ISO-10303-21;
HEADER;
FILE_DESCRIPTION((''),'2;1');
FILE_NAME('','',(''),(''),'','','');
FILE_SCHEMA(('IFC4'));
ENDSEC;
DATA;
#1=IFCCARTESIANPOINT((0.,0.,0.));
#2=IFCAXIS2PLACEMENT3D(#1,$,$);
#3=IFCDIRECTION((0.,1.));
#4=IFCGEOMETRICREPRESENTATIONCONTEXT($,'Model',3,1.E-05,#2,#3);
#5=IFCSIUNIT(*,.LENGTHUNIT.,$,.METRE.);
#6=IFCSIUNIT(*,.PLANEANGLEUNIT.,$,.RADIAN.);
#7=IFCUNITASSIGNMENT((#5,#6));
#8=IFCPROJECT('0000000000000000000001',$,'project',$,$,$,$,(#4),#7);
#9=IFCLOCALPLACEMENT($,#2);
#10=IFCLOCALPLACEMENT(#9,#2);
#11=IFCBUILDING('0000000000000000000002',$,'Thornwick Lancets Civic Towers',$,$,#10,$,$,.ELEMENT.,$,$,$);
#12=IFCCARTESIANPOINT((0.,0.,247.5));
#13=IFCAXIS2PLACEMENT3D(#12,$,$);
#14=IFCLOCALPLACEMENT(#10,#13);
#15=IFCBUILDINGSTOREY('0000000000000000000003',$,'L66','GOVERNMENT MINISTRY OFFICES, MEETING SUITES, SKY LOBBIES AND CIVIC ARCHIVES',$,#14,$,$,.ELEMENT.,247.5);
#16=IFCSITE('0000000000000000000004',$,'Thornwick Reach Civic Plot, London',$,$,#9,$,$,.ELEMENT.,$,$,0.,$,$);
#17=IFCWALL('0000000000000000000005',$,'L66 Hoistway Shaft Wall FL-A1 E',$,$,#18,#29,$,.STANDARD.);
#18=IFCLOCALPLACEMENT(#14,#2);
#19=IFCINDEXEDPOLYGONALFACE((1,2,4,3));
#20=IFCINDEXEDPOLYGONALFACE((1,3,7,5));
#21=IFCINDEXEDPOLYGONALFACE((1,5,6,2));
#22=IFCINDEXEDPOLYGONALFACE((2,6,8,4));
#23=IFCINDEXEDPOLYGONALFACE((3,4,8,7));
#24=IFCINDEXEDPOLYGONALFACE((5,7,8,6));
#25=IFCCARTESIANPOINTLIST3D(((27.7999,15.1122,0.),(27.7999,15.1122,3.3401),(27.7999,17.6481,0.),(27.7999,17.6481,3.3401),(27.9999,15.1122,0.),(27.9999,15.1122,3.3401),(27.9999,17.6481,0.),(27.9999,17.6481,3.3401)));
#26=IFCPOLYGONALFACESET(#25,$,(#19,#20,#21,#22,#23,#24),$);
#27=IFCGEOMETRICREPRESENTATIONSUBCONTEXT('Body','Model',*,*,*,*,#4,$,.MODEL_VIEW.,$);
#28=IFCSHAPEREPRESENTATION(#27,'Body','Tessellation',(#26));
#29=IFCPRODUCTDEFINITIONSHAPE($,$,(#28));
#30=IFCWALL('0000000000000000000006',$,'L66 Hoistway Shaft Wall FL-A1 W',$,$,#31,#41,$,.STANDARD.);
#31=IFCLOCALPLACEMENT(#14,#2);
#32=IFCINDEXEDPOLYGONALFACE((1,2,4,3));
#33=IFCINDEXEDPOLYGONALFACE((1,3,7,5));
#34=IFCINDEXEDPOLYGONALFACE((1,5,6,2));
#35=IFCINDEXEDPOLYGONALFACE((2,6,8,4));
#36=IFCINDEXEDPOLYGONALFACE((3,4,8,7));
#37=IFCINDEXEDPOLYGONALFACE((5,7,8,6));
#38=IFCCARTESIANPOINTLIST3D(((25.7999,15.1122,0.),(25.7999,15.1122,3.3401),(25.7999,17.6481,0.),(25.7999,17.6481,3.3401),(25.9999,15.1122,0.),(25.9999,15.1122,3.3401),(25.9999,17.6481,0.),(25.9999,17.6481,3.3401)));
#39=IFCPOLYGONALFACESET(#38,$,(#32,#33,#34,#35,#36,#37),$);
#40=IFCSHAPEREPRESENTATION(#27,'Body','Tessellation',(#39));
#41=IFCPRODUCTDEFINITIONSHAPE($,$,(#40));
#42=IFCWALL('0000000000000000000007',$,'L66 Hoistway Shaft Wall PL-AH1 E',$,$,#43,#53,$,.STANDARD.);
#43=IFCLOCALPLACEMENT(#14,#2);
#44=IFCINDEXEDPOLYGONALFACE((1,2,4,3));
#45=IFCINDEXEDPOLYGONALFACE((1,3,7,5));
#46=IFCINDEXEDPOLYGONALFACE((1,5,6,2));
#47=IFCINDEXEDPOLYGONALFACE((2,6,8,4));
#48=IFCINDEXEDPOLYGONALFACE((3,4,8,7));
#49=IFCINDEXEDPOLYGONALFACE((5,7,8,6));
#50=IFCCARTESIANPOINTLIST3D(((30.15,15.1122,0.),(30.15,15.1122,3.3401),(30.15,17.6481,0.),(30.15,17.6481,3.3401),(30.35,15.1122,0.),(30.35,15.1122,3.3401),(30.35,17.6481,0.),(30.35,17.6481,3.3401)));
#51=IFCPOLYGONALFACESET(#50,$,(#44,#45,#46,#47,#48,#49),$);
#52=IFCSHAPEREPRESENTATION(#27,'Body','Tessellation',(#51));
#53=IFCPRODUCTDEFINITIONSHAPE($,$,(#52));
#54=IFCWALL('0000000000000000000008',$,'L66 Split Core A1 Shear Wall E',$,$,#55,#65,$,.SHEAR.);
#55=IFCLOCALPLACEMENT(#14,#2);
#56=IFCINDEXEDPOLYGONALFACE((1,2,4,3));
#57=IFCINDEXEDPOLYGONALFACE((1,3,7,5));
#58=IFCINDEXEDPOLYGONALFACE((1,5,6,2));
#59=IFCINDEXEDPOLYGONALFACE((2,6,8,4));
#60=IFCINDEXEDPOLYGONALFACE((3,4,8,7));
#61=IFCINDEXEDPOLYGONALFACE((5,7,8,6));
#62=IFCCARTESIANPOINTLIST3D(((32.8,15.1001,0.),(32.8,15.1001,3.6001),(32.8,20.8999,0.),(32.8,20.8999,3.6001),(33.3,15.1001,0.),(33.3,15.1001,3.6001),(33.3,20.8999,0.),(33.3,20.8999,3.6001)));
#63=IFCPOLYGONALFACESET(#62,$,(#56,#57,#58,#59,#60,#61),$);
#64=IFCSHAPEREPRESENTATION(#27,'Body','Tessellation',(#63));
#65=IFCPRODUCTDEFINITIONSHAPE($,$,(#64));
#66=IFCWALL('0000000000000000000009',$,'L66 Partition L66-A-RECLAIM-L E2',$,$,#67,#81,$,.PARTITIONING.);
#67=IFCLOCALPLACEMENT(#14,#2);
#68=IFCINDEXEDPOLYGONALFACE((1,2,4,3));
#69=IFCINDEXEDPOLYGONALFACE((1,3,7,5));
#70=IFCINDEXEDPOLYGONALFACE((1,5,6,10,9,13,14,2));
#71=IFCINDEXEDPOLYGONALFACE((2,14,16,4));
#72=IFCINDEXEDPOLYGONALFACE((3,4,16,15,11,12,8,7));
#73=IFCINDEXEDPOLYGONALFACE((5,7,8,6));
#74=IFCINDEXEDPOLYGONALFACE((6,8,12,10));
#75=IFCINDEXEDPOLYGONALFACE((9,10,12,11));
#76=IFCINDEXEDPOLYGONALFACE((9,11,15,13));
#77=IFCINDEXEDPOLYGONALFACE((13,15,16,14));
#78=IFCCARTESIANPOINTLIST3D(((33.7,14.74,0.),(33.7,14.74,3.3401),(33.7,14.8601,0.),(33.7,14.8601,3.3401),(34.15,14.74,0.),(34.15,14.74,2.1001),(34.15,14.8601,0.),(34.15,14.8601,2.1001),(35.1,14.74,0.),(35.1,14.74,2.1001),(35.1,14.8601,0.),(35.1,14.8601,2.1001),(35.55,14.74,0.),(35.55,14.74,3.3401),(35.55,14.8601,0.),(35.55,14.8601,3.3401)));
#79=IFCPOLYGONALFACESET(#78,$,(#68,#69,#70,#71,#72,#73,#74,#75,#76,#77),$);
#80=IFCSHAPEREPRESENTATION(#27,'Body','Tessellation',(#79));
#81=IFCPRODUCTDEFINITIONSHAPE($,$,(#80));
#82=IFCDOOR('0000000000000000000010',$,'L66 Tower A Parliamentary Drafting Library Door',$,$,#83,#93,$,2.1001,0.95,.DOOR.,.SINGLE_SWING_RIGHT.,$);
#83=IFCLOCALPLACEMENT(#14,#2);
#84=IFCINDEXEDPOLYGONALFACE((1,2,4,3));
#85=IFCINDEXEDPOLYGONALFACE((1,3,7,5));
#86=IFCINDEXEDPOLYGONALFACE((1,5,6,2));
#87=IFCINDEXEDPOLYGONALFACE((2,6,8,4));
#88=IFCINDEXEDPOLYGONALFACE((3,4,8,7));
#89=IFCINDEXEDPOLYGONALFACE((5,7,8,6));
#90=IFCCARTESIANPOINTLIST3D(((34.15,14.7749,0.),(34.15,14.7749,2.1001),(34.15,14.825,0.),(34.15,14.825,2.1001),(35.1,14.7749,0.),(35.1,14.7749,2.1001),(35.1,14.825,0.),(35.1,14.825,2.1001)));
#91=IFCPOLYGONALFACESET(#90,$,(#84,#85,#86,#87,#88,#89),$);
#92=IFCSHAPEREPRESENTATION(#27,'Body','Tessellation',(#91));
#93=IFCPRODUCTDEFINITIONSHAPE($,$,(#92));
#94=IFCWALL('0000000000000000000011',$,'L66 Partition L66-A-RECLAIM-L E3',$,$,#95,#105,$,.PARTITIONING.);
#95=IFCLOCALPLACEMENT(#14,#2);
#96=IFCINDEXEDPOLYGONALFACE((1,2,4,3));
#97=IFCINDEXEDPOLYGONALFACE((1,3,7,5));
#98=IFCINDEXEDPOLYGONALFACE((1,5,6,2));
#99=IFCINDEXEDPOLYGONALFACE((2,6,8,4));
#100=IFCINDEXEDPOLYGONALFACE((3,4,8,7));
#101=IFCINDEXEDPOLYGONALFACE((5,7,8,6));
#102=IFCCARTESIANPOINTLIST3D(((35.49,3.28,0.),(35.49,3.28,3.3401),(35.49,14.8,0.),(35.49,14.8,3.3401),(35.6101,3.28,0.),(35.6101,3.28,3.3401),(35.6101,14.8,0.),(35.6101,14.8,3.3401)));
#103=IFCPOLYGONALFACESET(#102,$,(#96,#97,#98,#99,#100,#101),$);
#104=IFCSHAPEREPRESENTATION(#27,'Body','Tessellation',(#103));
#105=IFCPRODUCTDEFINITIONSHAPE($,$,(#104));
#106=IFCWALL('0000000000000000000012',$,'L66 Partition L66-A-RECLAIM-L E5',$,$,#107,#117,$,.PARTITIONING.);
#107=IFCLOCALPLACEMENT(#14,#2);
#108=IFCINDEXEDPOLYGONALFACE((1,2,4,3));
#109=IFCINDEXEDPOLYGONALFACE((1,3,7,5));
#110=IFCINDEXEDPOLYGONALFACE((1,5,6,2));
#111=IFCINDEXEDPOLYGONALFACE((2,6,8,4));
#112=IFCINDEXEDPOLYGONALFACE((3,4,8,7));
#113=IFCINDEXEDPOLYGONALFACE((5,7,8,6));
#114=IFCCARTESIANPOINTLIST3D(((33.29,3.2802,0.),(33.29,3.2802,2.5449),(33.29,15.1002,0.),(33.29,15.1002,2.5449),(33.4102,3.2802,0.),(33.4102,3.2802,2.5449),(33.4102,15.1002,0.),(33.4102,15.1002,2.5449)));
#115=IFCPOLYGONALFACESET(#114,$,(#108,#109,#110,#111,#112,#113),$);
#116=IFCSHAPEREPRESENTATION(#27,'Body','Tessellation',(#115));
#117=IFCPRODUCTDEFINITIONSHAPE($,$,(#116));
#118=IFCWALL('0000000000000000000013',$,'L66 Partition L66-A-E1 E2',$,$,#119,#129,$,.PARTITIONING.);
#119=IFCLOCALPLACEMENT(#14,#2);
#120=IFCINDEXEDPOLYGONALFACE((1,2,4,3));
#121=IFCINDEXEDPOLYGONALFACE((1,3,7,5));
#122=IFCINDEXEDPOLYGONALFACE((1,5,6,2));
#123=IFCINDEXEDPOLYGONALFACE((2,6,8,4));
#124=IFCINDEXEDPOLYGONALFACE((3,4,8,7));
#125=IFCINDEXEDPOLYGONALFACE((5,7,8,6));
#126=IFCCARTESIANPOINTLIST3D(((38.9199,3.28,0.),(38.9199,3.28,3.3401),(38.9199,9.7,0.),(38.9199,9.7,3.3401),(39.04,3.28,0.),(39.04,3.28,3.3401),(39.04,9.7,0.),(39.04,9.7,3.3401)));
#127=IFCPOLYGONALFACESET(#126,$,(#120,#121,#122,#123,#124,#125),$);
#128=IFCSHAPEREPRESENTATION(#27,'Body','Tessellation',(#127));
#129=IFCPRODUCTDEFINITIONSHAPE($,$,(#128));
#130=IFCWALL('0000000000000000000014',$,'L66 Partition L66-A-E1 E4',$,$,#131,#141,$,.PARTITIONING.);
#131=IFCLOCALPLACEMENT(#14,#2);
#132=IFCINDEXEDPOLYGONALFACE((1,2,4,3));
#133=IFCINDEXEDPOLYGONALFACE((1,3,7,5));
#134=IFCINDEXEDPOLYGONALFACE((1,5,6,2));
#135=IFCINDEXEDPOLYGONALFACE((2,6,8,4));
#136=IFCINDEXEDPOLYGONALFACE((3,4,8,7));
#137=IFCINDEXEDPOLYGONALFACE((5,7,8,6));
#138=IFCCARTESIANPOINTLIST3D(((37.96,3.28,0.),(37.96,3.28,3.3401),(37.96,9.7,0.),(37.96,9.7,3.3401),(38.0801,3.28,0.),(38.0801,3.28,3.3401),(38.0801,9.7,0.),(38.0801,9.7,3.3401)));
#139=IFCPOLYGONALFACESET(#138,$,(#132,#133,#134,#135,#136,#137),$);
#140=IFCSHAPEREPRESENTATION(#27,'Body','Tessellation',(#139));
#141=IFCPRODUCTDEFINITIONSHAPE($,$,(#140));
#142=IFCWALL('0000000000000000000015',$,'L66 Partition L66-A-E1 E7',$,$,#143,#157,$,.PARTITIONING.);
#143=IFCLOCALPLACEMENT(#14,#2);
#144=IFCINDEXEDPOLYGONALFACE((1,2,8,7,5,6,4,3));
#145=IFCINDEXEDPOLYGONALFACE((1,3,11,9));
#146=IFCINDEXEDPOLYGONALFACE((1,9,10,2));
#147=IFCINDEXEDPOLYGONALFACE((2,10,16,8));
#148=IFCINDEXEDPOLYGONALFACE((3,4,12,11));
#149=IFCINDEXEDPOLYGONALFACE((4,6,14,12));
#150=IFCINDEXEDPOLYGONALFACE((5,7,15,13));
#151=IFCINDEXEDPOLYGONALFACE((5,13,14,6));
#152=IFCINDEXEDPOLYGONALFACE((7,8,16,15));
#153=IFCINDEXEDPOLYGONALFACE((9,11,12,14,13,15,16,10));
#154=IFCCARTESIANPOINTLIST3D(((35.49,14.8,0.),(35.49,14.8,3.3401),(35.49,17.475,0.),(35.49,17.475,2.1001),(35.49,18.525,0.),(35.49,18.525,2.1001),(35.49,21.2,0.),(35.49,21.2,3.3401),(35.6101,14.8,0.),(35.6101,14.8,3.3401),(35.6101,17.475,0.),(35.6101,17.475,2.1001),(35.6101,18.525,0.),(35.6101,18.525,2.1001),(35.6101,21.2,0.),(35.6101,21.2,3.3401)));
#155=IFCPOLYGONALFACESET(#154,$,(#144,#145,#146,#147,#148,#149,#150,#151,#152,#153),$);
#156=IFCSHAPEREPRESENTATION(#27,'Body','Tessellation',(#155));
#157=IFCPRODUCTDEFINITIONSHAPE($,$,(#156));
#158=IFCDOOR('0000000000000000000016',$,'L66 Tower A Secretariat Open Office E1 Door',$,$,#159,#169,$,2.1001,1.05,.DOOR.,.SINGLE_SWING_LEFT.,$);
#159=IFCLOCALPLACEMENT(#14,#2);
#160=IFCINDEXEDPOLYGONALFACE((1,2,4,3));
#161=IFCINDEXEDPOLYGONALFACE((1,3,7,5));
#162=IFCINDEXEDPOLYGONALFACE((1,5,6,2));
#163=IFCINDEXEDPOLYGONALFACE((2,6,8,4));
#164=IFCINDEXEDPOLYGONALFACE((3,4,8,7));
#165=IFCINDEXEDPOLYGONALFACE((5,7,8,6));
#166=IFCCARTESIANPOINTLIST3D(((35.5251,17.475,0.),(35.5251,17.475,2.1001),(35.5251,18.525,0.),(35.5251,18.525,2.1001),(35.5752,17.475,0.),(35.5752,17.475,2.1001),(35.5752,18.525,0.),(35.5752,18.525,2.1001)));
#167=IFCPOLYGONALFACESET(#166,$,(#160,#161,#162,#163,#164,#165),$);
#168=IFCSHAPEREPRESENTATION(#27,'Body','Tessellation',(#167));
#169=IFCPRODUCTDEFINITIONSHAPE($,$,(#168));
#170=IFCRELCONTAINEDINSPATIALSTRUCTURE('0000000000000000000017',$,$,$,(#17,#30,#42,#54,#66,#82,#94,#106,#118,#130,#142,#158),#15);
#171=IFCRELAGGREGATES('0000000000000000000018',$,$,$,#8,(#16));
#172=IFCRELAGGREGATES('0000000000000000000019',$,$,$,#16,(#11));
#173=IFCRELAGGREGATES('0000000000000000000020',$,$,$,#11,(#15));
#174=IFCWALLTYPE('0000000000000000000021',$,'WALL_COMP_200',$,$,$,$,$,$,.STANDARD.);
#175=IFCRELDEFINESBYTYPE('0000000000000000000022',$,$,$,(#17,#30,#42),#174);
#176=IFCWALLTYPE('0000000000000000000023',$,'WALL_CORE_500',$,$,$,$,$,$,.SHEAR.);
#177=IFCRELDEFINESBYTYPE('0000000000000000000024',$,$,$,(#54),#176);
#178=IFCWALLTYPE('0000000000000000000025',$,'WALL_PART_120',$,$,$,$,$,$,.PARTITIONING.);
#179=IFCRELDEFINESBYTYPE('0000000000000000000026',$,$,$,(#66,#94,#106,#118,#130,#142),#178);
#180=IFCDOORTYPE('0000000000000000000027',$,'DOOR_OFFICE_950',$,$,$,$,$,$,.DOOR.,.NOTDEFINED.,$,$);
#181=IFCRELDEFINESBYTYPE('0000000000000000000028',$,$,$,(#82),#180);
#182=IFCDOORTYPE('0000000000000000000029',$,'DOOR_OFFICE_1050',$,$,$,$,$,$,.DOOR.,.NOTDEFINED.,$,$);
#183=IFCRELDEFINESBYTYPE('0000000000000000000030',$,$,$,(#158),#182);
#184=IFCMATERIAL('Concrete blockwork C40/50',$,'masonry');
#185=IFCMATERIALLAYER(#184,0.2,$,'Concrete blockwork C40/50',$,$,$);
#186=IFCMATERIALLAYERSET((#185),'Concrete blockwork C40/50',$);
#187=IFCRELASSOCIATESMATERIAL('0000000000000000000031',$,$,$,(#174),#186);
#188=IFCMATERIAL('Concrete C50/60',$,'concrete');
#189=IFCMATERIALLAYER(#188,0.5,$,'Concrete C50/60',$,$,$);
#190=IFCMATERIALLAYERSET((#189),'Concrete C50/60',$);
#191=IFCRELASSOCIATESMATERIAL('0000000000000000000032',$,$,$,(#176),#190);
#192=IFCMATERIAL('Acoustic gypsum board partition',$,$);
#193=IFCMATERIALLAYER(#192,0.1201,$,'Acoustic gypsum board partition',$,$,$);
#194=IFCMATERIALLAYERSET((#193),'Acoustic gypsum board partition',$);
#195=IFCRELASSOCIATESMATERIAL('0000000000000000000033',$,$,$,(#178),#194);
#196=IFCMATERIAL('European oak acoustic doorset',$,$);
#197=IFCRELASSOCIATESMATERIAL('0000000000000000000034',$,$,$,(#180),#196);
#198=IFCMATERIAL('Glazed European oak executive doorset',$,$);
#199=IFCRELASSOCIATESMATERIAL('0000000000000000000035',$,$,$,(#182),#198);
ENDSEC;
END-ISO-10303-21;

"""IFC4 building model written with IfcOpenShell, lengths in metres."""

from ifc_helpers import new_model, si_unit, direction, frame, frame_2d, origin, place, context, subcontext, project, spatial, rectangle, extrude, material, layer, layer_set, type_object, element, fill, save


model = new_model("IFC4")

# Units and contexts
model_context = context("Model", 3, precision=1e-05, world=origin(), true_north=direction((0.0, 1.0)))
body_context = subcontext(model_context, "Body", "Model", "MODEL_VIEW")
ifc_project = project(units=[si_unit("LENGTHUNIT", "METRE"), si_unit("PLANEANGLEUNIT", "RADIAN")], contexts=[model_context])

# Site, building, storey
site_placement = place(None, origin())
site = spatial("IfcSite", under=ifc_project, at=site_placement, Name="Thornwick Reach Civic Plot, London", CompositionType="ELEMENT", RefElevation=0.0)
building_placement = place(site_placement, origin())
building = spatial("IfcBuilding", under=site, at=building_placement, Name="Thornwick Lancets Civic Towers", CompositionType="ELEMENT")
storey_placement = place(building_placement, frame((0.0, 0.0, 247.5)))
storey = spatial("IfcBuildingStorey", under=building, at=storey_placement, Name="L66", Description="GOVERNMENT MINISTRY OFFICES, MEETING SUITES, SKY LOBBIES AND CIVIC ARCHIVES", CompositionType="ELEMENT", Elevation=247.5)

# Shared definitions
ifc_material_1 = material(Name="Concrete C50/60", Category="concrete")

# Walls
ifc_material_2 = material(Name="Concrete blockwork C40/50", Category="masonry")
ifc_layer_1 = layer(ifc_material_2, 0.2, Name="Concrete blockwork C40/50")
ifc_layer_set_1 = layer_set([ifc_layer_1], Name="Concrete blockwork C40/50")
wall_type_1 = type_object("IfcWallType", Name="WALL_COMP_200", PredefinedType="STANDARD", material=ifc_layer_set_1)
for number, where, z_axis, x_axis, name in (
    (1, (27.8999, 15.1121, 0.0), (0.0, 0.0, 1.0), (0.0, 1.0, 0.0), "L66 Hoistway Shaft Wall FL-A1 E"),
    (2, (25.8999, 15.1121, 0.0), (0.0, 0.0, 1.0), (0.0, 1.0, 0.0), "L66 Hoistway Shaft Wall FL-A1 W"),
    (3, (30.25, 15.1121, 0.0), (0.0, 0.0, 1.0), (0.0, 1.0, 0.0), "L66 Hoistway Shaft Wall PL-AH1 E"),
):
    element("IfcWall", number, at=place(storey_placement, frame(where, z_axis=z_axis, x_axis=x_axis)), inside=storey, type_object=wall_type_1, Name=name, PredefinedType="STANDARD", context=body_context, shape_type="SweptSolid", body=[
        extrude(rectangle(XDim=2.5359, YDim=0.2, at=frame_2d((1.2681, 0.0))), origin(), (0.0, 0.0, 1.0), 3.3401),
    ])
ifc_layer_2 = layer(ifc_material_1, 0.5, Name="Concrete C50/60")
ifc_layer_set_2 = layer_set([ifc_layer_2], Name="Concrete C50/60")
wall_type_2 = type_object("IfcWallType", Name="WALL_CORE_500", PredefinedType="SHEAR", material=ifc_layer_set_2)
wall_1_placement = place(storey_placement, frame((33.05, 15.1001, 0.0), z_axis=(0.0, 0.0, 1.0), x_axis=(0.0, 1.0, 0.0)))
element("IfcWall", 4, at=wall_1_placement, inside=storey, type_object=wall_type_2, Name="L66 Split Core A1 Shear Wall E", PredefinedType="SHEAR", context=body_context, shape_type="SweptSolid", body=[
    extrude(rectangle(XDim=5.7998, YDim=0.5, at=frame_2d((2.8999, 0.0))), origin(), (0.0, 0.0, 1.0), 3.6001),
])

# Wall, opening, door
ifc_material_3 = material(Name="Acoustic gypsum board partition")
ifc_layer_3 = layer(ifc_material_3, 0.1201, Name="Acoustic gypsum board partition")
ifc_layer_set_3 = layer_set([ifc_layer_3], Name="Acoustic gypsum board partition")
wall_type_3 = type_object("IfcWallType", Name="WALL_PART_120", PredefinedType="PARTITIONING", material=ifc_layer_set_3)
wall_2_placement = place(storey_placement, frame((33.7, 14.8, 0.0), z_axis=(0.0, 0.0, 1.0), x_axis=(1.0, 0.0, 0.0)))
wall_2 = element("IfcWall", 5, at=wall_2_placement, inside=storey, type_object=wall_type_3, Name="L66 Partition L66-A-RECLAIM-L E2", PredefinedType="PARTITIONING", context=body_context, shape_type="SweptSolid", body=[
    extrude(rectangle(XDim=1.8501, YDim=0.1201, at=frame_2d((0.925, 0.0))), origin(), (0.0, 0.0, 1.0), 3.3401),
])
opening_1_placement = place(wall_2_placement, frame((0.45, 0.0, 0.0)))
opening_1 = element("IfcOpeningElement", 6, at=opening_1_placement, cuts=wall_2, PredefinedType="OPENING", context=body_context, shape_type="SweptSolid", body=[
    extrude(rectangle(XDim=0.95, YDim=2.1001, at=frame_2d((0.4751, 1.05))), frame((0.0, 0.0701, 0.0), z_axis=(0.0, -1.0, 0.0), x_axis=(1.0, 0.0, 0.0)), (0.0, 0.0, 1.0), 0.1401),
])
ifc_material_4 = material(Name="European oak acoustic doorset")
door_type_1 = type_object("IfcDoorType", Name="DOOR_OFFICE_950", OperationType="NOTDEFINED", PredefinedType="DOOR", material=ifc_material_4)
door_1_placement = place(opening_1_placement, origin())
door_1 = element("IfcDoor", 7, at=door_1_placement, inside=storey, type_object=door_type_1, Name="L66 Tower A Parliamentary Drafting Library Door", OperationType="SINGLE_SWING_RIGHT", OverallHeight=2.1001, OverallWidth=0.95, PredefinedType="DOOR", context=body_context, shape_type="SweptSolid", body=[
    extrude(rectangle(XDim=0.95, YDim=2.1001, at=frame_2d((0.4751, 1.05))), frame((0.0, 0.0249, 0.0), z_axis=(0.0, -1.0, 0.0), x_axis=(1.0, 0.0, 0.0)), (0.0, 0.0, 1.0), 0.05),
])
fill(opening_1, door_1)

# Walls
wall_3_placement = place(storey_placement, frame((35.55, 14.8, 0.0), z_axis=(0.0, 0.0, 1.0), x_axis=(0.0, -1.0, 0.0)))
element("IfcWall", 8, at=wall_3_placement, inside=storey, type_object=wall_type_3, Name="L66 Partition L66-A-RECLAIM-L E3", PredefinedType="PARTITIONING", context=body_context, shape_type="SweptSolid", body=[
    extrude(rectangle(XDim=11.52, YDim=0.1201, at=frame_2d((5.76, 0.0))), origin(), (0.0, 0.0, 1.0), 3.3401),
])
wall_4_placement = place(storey_placement, frame((33.3501, 3.28, 0.0), z_axis=(0.0, 0.0, 1.0), x_axis=(0.0, 1.0, 0.0)))
element("IfcWall", 9, at=wall_4_placement, inside=storey, type_object=wall_type_3, Name="L66 Partition L66-A-RECLAIM-L E5", PredefinedType="PARTITIONING", context=body_context, shape_type="SweptSolid", body=[
    extrude(rectangle(XDim=11.8201, YDim=0.1201, at=frame_2d((5.9102, 0.0))), origin(), (0.0, 0.0, 1.0), 2.5449),
])
for number, where, z_axis, x_axis, name in (
    (10, (38.98, 3.28, 0.0), (0.0, 0.0, 1.0), (0.0, 1.0, 0.0), "L66 Partition L66-A-E1 E2"),
    (11, (38.02, 9.7, 0.0), (0.0, 0.0, 1.0), (0.0, -1.0, 0.0), "L66 Partition L66-A-E1 E4"),
):
    element("IfcWall", number, at=place(storey_placement, frame(where, z_axis=z_axis, x_axis=x_axis)), inside=storey, type_object=wall_type_3, Name=name, PredefinedType="PARTITIONING", context=body_context, shape_type="SweptSolid", body=[
        extrude(rectangle(XDim=6.4199, YDim=0.1201, at=frame_2d((3.21, 0.0))), origin(), (0.0, 0.0, 1.0), 3.3401),
    ])

# Wall, opening, door
wall_5_placement = place(storey_placement, frame((35.55, 14.8, 0.0), z_axis=(0.0, 0.0, 1.0), x_axis=(0.0, 1.0, 0.0)))
wall_5 = element("IfcWall", 12, at=wall_5_placement, inside=storey, type_object=wall_type_3, Name="L66 Partition L66-A-E1 E7", PredefinedType="PARTITIONING", context=body_context, shape_type="SweptSolid", body=[
    extrude(rectangle(XDim=6.3999, YDim=0.1201, at=frame_2d((3.2, 0.0))), origin(), (0.0, 0.0, 1.0), 3.3401),
])
opening_2_placement = place(wall_5_placement, frame((2.675, 0.0, 0.0)))
opening_2 = element("IfcOpeningElement", 13, at=opening_2_placement, cuts=wall_5, PredefinedType="OPENING", context=body_context, shape_type="SweptSolid", body=[
    extrude(rectangle(XDim=1.05, YDim=2.1001, at=frame_2d((0.5249, 1.05))), frame((0.0, 0.0701, 0.0), z_axis=(0.0, -1.0, 0.0), x_axis=(1.0, 0.0, 0.0)), (0.0, 0.0, 1.0), 0.1401),
])
ifc_material_5 = material(Name="Glazed European oak executive doorset")
door_type_2 = type_object("IfcDoorType", Name="DOOR_OFFICE_1050", OperationType="NOTDEFINED", PredefinedType="DOOR", material=ifc_material_5)
door_2_placement = place(opening_2_placement, origin())
door_2 = element("IfcDoor", 14, at=door_2_placement, inside=storey, type_object=door_type_2, Name="L66 Tower A Secretariat Open Office E1 Door", OperationType="SINGLE_SWING_LEFT", OverallHeight=2.1001, OverallWidth=1.05, PredefinedType="DOOR", context=body_context, shape_type="SweptSolid", body=[
    extrude(rectangle(XDim=1.05, YDim=2.1001, at=frame_2d((0.5249, 1.05))), frame((0.0, 0.0249, 0.0), z_axis=(0.0, -1.0, 0.0), x_axis=(1.0, 0.0, 0.0)), (0.0, 0.0, 1.0), 0.05),
])
fill(opening_2, door_2)

save(model, "model.ifc")
